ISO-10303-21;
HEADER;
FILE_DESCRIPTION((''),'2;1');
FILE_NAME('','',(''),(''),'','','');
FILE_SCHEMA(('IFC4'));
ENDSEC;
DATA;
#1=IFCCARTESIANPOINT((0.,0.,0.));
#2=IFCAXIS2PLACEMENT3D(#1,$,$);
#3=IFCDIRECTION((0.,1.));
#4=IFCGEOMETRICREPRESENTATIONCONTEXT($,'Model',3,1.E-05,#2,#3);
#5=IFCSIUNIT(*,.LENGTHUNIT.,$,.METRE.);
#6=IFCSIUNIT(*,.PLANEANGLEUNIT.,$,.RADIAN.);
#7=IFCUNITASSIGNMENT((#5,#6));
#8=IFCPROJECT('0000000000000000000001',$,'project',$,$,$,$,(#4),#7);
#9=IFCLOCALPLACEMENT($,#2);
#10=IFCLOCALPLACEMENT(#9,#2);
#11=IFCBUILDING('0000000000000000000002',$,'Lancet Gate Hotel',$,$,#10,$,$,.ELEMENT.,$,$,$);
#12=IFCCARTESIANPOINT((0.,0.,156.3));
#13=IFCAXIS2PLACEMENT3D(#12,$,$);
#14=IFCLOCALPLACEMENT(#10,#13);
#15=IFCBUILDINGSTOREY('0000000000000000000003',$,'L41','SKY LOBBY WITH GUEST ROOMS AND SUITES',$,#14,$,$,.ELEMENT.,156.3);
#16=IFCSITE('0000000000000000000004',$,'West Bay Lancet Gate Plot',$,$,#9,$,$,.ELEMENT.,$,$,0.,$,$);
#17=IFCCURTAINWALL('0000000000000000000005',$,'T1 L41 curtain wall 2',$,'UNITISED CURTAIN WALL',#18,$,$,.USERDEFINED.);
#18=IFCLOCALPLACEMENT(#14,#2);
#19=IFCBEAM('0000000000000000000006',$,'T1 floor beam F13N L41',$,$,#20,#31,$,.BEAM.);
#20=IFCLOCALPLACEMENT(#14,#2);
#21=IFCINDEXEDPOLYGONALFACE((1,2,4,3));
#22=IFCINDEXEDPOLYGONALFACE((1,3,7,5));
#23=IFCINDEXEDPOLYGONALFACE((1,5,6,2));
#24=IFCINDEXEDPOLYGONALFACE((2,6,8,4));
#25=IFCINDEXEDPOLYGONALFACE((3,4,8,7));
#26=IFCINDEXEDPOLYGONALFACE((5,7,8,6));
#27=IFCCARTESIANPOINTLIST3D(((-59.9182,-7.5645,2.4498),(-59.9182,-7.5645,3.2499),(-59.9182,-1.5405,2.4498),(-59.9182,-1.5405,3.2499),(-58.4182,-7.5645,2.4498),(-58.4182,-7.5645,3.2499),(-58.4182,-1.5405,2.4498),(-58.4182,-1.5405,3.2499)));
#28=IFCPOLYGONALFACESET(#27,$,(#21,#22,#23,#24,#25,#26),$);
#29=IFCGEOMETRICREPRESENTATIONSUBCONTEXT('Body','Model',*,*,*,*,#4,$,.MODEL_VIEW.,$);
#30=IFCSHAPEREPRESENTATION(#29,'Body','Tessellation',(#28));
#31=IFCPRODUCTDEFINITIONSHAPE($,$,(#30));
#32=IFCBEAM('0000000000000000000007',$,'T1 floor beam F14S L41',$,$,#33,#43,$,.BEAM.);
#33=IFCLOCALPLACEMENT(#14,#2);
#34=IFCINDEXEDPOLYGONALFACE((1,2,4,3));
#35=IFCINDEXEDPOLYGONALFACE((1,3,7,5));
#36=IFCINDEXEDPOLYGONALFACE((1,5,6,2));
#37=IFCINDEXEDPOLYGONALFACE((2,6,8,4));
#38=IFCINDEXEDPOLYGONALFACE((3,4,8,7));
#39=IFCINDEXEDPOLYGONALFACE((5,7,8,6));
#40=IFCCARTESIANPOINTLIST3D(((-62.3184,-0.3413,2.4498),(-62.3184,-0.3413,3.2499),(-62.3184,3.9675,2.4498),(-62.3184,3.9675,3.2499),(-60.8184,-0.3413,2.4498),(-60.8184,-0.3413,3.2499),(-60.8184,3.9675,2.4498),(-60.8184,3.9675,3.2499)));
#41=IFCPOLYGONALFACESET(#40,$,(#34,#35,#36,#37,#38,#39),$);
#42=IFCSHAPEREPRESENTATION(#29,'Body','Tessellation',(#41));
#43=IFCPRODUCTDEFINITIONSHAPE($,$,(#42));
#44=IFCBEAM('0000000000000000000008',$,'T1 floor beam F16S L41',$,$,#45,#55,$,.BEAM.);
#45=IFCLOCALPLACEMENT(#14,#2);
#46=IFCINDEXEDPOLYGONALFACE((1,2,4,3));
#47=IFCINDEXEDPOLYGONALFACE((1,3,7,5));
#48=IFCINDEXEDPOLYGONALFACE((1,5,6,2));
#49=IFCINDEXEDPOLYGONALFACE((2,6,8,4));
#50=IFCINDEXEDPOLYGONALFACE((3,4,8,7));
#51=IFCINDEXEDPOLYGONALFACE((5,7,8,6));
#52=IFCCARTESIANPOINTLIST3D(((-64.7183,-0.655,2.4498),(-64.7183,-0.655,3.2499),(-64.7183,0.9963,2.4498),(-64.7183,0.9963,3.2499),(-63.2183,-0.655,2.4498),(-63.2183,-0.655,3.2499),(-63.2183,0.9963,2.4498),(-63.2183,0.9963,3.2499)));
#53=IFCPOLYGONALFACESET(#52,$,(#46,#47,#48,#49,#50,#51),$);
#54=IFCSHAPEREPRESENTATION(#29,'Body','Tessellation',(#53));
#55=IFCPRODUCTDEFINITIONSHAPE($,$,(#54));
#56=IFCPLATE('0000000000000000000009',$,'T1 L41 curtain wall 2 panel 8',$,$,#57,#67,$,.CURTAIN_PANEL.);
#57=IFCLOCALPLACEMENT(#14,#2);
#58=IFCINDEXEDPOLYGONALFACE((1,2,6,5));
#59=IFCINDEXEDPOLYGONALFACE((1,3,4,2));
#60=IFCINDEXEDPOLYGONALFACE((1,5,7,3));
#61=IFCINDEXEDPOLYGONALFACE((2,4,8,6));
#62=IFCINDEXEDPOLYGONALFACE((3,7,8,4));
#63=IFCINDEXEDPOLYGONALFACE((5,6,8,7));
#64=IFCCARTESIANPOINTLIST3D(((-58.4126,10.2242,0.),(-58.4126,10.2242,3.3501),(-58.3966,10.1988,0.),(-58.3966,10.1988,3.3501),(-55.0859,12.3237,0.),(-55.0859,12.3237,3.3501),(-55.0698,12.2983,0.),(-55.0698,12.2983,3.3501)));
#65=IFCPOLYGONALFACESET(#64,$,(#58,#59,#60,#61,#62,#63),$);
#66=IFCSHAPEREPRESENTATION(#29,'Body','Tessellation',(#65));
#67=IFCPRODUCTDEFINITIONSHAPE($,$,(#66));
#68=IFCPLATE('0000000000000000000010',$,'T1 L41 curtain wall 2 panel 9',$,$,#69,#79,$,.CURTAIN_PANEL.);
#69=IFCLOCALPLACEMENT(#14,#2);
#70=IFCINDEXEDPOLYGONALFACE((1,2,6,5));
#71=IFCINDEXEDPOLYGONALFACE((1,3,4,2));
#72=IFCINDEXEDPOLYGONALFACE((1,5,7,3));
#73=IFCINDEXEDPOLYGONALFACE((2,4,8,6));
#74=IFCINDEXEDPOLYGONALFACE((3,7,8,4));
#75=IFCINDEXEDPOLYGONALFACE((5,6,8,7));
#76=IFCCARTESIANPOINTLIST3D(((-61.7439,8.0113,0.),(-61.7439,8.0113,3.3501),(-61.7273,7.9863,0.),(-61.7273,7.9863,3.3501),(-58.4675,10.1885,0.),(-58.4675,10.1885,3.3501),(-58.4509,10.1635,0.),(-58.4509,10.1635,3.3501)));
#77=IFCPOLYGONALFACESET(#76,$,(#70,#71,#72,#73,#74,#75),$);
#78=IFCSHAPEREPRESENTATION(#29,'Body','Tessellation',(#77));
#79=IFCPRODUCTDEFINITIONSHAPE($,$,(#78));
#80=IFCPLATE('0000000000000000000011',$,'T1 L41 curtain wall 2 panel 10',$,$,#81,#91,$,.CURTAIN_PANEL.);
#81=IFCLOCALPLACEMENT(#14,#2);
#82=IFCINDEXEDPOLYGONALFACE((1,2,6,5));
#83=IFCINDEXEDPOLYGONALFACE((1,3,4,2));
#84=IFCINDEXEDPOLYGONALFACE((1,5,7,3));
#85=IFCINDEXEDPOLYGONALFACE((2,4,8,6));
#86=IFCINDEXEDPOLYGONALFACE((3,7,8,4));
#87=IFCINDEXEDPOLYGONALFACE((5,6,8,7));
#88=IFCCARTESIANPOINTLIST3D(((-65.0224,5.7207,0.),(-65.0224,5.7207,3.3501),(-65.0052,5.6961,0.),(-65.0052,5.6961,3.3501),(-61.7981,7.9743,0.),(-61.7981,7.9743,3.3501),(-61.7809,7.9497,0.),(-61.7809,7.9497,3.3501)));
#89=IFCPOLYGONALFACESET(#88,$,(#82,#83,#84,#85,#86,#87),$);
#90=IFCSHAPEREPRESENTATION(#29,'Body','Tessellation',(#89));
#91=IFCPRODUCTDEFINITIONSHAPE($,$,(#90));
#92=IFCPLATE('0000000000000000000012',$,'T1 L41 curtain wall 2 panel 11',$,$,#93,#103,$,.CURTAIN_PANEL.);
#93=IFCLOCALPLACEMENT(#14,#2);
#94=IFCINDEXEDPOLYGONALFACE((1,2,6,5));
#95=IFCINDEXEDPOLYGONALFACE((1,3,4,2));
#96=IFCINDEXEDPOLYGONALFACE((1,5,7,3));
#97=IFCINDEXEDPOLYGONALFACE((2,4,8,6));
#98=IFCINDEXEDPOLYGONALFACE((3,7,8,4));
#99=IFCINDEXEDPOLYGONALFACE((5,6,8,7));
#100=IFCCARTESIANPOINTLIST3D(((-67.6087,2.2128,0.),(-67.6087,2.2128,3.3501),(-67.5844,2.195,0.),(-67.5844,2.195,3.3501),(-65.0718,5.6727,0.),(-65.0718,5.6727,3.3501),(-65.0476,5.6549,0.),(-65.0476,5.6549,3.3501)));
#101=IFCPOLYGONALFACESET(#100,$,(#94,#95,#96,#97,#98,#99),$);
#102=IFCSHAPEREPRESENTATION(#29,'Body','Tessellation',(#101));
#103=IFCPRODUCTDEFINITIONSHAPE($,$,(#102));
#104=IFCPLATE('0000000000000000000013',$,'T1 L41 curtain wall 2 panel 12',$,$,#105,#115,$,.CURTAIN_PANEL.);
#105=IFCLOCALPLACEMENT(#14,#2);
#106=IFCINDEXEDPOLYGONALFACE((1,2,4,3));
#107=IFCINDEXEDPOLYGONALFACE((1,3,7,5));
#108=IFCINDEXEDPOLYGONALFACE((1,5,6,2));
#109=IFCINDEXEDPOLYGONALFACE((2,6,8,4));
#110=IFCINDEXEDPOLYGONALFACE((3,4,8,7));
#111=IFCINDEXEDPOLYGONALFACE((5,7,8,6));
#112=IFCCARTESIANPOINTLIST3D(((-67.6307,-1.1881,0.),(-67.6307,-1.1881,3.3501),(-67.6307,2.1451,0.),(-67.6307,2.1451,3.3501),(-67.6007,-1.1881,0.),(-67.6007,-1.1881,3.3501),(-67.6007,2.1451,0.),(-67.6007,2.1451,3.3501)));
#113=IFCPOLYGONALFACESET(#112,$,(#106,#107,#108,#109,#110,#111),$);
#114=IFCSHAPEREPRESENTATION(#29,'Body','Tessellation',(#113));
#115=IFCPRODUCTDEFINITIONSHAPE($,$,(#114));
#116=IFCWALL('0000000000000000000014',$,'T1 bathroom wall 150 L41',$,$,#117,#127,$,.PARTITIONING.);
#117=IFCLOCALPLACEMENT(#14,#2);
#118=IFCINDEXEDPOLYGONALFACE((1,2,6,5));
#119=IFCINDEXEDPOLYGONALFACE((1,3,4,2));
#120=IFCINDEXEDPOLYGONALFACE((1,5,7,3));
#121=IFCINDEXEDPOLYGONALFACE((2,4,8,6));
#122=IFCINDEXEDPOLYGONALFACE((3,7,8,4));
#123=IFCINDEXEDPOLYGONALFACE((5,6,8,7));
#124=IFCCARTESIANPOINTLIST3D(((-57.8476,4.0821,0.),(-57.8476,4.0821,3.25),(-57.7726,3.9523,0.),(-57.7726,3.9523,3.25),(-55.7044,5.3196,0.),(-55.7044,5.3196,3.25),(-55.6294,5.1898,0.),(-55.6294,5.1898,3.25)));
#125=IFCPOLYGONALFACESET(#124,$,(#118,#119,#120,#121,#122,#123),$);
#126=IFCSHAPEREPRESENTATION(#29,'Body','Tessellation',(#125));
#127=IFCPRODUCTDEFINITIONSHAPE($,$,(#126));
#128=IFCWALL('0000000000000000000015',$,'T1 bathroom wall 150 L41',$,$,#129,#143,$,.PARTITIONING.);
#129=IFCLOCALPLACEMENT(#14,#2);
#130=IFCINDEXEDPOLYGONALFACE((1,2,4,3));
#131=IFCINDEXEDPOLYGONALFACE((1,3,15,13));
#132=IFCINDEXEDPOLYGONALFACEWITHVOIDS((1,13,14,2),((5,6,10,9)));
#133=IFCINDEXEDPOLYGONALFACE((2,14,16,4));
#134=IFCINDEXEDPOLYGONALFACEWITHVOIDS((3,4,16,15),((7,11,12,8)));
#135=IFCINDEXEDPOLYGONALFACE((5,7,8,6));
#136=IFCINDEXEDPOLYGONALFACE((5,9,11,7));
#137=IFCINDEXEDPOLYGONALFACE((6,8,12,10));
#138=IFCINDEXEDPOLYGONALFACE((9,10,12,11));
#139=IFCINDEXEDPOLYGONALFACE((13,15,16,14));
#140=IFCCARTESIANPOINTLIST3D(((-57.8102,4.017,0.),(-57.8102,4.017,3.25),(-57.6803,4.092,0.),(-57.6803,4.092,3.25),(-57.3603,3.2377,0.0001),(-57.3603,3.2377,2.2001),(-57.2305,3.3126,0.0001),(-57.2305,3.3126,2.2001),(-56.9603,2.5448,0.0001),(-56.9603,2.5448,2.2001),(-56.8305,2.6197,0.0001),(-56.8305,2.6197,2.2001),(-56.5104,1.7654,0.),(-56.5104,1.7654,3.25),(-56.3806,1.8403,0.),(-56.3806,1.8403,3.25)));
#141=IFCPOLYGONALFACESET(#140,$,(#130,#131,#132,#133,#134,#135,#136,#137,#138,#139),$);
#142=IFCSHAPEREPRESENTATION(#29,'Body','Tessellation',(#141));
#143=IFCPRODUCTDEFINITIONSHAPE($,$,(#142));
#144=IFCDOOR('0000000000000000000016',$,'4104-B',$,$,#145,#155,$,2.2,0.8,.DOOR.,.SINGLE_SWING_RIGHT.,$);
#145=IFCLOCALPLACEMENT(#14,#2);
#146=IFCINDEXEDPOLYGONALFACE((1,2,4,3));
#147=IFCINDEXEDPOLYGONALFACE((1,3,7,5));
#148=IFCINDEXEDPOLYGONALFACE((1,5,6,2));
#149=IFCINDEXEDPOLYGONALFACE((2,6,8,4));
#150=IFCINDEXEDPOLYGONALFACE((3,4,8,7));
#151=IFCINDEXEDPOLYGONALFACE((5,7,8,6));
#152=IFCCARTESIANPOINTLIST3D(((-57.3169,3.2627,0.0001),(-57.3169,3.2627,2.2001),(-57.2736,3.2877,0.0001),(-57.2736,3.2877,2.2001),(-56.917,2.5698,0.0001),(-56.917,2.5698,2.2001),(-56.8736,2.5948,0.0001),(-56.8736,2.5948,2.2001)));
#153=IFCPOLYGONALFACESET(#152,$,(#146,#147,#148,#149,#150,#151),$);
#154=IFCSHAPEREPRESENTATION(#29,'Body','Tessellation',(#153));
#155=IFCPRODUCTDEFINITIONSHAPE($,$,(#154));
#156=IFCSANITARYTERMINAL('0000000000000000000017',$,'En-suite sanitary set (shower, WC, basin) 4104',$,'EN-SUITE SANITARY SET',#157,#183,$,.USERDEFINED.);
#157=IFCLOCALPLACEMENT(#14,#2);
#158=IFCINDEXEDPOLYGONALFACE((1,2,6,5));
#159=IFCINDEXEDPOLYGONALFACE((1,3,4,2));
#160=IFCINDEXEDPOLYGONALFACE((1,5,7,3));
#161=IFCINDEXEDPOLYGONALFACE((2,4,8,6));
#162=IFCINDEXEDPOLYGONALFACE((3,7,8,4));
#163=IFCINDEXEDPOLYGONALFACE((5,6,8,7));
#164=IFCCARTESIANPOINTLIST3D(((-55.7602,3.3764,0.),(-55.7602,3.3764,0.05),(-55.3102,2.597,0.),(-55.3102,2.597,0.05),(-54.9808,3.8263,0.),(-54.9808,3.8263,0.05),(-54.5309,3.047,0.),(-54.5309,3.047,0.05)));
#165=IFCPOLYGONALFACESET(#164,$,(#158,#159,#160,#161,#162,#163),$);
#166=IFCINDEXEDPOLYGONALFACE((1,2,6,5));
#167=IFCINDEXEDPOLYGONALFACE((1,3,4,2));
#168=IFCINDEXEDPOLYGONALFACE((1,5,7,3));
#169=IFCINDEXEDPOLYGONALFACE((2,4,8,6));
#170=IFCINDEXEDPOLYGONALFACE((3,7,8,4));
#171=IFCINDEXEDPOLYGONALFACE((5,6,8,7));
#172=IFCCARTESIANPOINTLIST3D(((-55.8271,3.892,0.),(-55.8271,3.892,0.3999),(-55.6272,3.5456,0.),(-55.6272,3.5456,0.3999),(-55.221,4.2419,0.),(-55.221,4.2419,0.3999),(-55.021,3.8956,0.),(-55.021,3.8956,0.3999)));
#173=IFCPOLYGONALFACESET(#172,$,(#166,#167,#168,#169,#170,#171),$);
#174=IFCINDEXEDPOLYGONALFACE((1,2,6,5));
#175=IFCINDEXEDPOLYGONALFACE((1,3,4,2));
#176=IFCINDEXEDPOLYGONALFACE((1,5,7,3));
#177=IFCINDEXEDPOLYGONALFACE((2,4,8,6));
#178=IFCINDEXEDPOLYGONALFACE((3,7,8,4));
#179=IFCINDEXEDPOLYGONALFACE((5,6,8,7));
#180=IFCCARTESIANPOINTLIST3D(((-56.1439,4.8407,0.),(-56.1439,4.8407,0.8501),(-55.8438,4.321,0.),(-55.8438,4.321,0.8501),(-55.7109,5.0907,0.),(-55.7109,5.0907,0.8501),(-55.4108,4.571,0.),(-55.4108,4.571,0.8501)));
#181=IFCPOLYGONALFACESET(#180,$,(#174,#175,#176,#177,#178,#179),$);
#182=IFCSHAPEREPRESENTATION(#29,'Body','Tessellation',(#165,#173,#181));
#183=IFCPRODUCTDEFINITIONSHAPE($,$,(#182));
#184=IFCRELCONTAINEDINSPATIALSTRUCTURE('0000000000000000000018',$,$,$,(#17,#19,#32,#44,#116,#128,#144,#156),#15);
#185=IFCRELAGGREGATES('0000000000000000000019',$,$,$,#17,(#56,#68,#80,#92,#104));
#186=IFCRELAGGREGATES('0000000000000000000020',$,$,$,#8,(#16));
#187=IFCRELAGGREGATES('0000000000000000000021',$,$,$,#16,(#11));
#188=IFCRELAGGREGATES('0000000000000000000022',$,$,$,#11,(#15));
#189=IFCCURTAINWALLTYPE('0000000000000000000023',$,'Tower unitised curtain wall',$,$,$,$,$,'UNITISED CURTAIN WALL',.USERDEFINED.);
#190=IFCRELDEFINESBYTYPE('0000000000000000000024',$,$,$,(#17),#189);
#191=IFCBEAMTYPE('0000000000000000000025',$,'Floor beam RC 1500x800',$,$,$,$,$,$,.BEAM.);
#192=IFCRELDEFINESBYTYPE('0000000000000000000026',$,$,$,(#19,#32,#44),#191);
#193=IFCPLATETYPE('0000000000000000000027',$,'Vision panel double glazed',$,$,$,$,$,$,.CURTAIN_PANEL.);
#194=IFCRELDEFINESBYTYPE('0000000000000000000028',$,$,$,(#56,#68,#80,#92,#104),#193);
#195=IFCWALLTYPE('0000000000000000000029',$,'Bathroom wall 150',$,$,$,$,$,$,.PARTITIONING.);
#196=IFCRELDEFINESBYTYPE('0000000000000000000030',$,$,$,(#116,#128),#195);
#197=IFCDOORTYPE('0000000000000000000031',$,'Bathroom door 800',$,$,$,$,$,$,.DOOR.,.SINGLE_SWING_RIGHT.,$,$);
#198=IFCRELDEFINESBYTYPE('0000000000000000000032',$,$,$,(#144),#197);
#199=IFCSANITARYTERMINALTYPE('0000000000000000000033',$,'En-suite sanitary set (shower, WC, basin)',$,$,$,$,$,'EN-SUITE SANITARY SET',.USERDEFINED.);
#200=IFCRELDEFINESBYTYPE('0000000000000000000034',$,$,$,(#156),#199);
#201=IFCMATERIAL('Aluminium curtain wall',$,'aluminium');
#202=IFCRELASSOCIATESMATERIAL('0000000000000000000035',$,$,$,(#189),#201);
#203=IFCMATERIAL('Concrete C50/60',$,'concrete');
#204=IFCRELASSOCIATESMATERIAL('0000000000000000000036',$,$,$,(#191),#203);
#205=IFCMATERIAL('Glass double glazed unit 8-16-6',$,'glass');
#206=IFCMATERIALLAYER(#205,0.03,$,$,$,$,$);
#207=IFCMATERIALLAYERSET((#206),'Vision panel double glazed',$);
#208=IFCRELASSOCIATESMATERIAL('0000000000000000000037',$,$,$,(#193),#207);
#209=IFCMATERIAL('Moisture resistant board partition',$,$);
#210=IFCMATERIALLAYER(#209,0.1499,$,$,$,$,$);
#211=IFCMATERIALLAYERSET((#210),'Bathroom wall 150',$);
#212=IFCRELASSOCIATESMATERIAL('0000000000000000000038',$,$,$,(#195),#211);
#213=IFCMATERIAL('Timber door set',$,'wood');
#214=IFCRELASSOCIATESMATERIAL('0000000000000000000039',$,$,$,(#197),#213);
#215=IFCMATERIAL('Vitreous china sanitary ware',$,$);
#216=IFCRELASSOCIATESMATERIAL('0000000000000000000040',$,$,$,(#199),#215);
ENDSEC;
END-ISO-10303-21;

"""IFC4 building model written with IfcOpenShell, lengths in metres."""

from ifc_helpers import new_model, si_unit, direction, frame, frame_2d, origin, origin_2d, place, context, subcontext, project, spatial, rectangle, extrude, material, layer, layer_set, material_profile, profile_set, type_object, element, fill, aggregate, save


model = new_model("IFC4")

# Units and contexts
model_context = context("Model", 3, precision=1e-05, world=origin(), true_north=direction((0.0, 1.0)))
body_context = subcontext(model_context, "Body", "Model", "MODEL_VIEW")
ifc_project = project(units=[si_unit("LENGTHUNIT", "METRE"), si_unit("PLANEANGLEUNIT", "RADIAN")], contexts=[model_context])

# Site, building, storey
site_placement = place(None, origin())
site = spatial("IfcSite", under=ifc_project, at=site_placement, Name="West Bay Lancet Gate Plot", CompositionType="ELEMENT", RefElevation=0.0)
building_placement = place(site_placement, origin())
building = spatial("IfcBuilding", under=site, at=building_placement, Name="Lancet Gate Hotel", CompositionType="ELEMENT")
storey_placement = place(building_placement, frame((0.0, 0.0, 156.3)))
storey = spatial("IfcBuildingStorey", under=building, at=storey_placement, Name="L41", Description="SKY LOBBY WITH GUEST ROOMS AND SUITES", CompositionType="ELEMENT", Elevation=156.3)

# Curtain wall
ifc_material_1 = material(Name="Aluminium curtain wall", Category="aluminium")
curtain_wall_type = type_object("IfcCurtainWallType", Name="Tower unitised curtain wall", ElementType="UNITISED CURTAIN WALL", PredefinedType="USERDEFINED", material=ifc_material_1)
curtain_wall_placement = place(storey_placement, origin())
curtain_wall = element("IfcCurtainWall", 1, at=curtain_wall_placement, inside=storey, type_object=curtain_wall_type, Name="T1 L41 curtain wall 2", ObjectType="UNITISED CURTAIN WALL", PredefinedType="USERDEFINED")

# Beams
ifc_material_2 = material(Name="Concrete C50/60", Category="concrete")
ifc_material_profile_1 = material_profile(ifc_material_2, rectangle(XDim=1.5, YDim=0.8, at=origin_2d()), Name="RC 1500x800")
ifc_profile_set_1 = profile_set([ifc_material_profile_1], Name="Concrete C50/60")
beam_type_1 = type_object("IfcBeamType", Name="Floor beam RC 1500x800", PredefinedType="BEAM", material=ifc_profile_set_1)
beam_1_placement = place(storey_placement, frame((-59.1682, -1.5405, 2.8499), z_axis=(0.0, -1.0, 0.0), x_axis=(1.0, 0.0, 0.0)))
element("IfcBeam", 2, at=beam_1_placement, inside=storey, type_object=beam_type_1, Name="T1 floor beam F13N L41", PredefinedType="BEAM", context=body_context, shape_type="SweptSolid", body=[
    extrude(rectangle(XDim=1.5, YDim=0.8, at=origin_2d()), origin(), (0.0, 0.0, 1.0), 6.0239),
])
beam_2_placement = place(storey_placement, frame((-61.5684, 3.9675, 2.8499), z_axis=(0.0, -1.0, 0.0), x_axis=(1.0, 0.0, 0.0)))
element("IfcBeam", 3, at=beam_2_placement, inside=storey, type_object=beam_type_1, Name="T1 floor beam F14S L41", PredefinedType="BEAM", context=body_context, shape_type="SweptSolid", body=[
    extrude(rectangle(XDim=1.5, YDim=0.8, at=origin_2d()), origin(), (0.0, 0.0, 1.0), 4.3088),
])
beam_3_placement = place(storey_placement, frame((-63.9683, 0.9963, 2.8499), z_axis=(0.0, -1.0, 0.0), x_axis=(1.0, 0.0, 0.0)))
element("IfcBeam", 4, at=beam_3_placement, inside=storey, type_object=beam_type_1, Name="T1 floor beam F16S L41", PredefinedType="BEAM", context=body_context, shape_type="SweptSolid", body=[
    extrude(rectangle(XDim=1.5, YDim=0.8, at=origin_2d()), origin(), (0.0, 0.0, 1.0), 1.6514),
])

# Plates
ifc_material_3 = material(Name="Glass double glazed unit 8-16-6", Category="glass")
ifc_layer_1 = layer(ifc_material_3, 0.03)
ifc_layer_set_1 = layer_set([ifc_layer_1], Name="Vision panel double glazed")
plate_type = type_object("IfcPlateType", Name="Vision panel double glazed", PredefinedType="CURTAIN_PANEL", material=ifc_layer_set_1)
plate_1_placement = place(storey_placement, frame((-56.7412, 11.2612, 0.0), z_axis=(0.0, 0.0, 1.0), x_axis=(-0.845667, -0.533711, 0.0)))
plate_1 = element("IfcPlate", 5, at=plate_1_placement, type_object=plate_type, Name="T1 L41 curtain wall 2 panel 8", PredefinedType="CURTAIN_PANEL", context=body_context, shape_type="SweptSolid", body=[
    extrude(rectangle(XDim=3.9338, YDim=0.03, at=origin_2d()), origin(), (0.0, 0.0, 1.0), 3.3501),
])
plate_2_placement = place(storey_placement, frame((-60.0974, 9.0874, 0.0), z_axis=(0.0, 0.0, 1.0), x_axis=(-0.832879, -0.553455, 0.0)))
plate_2 = element("IfcPlate", 6, at=plate_2_placement, type_object=plate_type, Name="T1 L41 curtain wall 2 panel 9", PredefinedType="CURTAIN_PANEL", context=body_context, shape_type="SweptSolid", body=[
    extrude(rectangle(XDim=3.9338, YDim=0.03, at=origin_2d()), origin(), (0.0, 0.0, 1.0), 3.3501),
])
plate_3_placement = place(storey_placement, frame((-63.4016, 6.8352, 0.0), z_axis=(0.0, 0.0, 1.0), x_axis=(-0.819631, -0.572892, 0.0)))
plate_3 = element("IfcPlate", 7, at=plate_3_placement, type_object=plate_type, Name="T1 L41 curtain wall 2 panel 10", PredefinedType="CURTAIN_PANEL", context=body_context, shape_type="SweptSolid", body=[
    extrude(rectangle(XDim=3.9338, YDim=0.03, at=origin_2d()), origin(), (0.0, 0.0, 1.0), 3.3501),
])
plate_4_placement = place(storey_placement, frame((-66.3281, 3.9338, 0.0), z_axis=(0.0, 0.0, 1.0), x_axis=(-0.5913, -0.806452, 0.0)))
plate_4 = element("IfcPlate", 8, at=plate_4_placement, type_object=plate_type, Name="T1 L41 curtain wall 2 panel 11", PredefinedType="CURTAIN_PANEL", context=body_context, shape_type="SweptSolid", body=[
    extrude(rectangle(XDim=4.2903, YDim=0.03, at=origin_2d()), origin(), (0.0, 0.0, 1.0), 3.3501),
])
plate_5_placement = place(storey_placement, frame((-67.6157, 0.4785, 0.0), z_axis=(0.0, 0.0, 1.0), x_axis=(0.0, -1.0, 0.0)))
plate_5 = element("IfcPlate", 9, at=plate_5_placement, type_object=plate_type, Name="T1 L41 curtain wall 2 panel 12", PredefinedType="CURTAIN_PANEL", context=body_context, shape_type="SweptSolid", body=[
    extrude(rectangle(XDim=3.3333, YDim=0.03, at=origin_2d()), origin(), (0.0, 0.0, 1.0), 3.3501),
])
aggregate(curtain_wall, [plate_1, plate_2, plate_3, plate_4, plate_5])

# Wall
ifc_material_4 = material(Name="Moisture resistant board partition")
ifc_layer_2 = layer(ifc_material_4, 0.1499)
ifc_layer_set_2 = layer_set([ifc_layer_2], Name="Bathroom wall 150")
wall_type = type_object("IfcWallType", Name="Bathroom wall 150", PredefinedType="PARTITIONING", material=ifc_layer_set_2)
wall_1_placement = place(storey_placement, frame((-55.667, 5.2546, 0.0), z_axis=(0.0, 0.0, 1.0), x_axis=(-0.866007, -0.500033, 0.0)))
element("IfcWall", 10, at=wall_1_placement, inside=storey, type_object=wall_type, Name="T1 bathroom wall 150 L41", PredefinedType="PARTITIONING", context=body_context, shape_type="SweptSolid", body=[
    extrude(rectangle(XDim=2.4749, YDim=0.1499, at=frame_2d((1.2373, 0.0))), origin(), (0.0, 0.0, 1.0), 3.25),
])

# Wall, opening, door
wall_2_placement = place(storey_placement, frame((-56.4456, 1.803, 0.0), z_axis=(0.0, 0.0, 1.0), x_axis=(-0.499937, 0.866062, 0.0)))
wall_2 = element("IfcWall", 11, at=wall_2_placement, inside=storey, type_object=wall_type, Name="T1 bathroom wall 150 L41", PredefinedType="PARTITIONING", context=body_context, shape_type="SweptSolid", body=[
    extrude(rectangle(XDim=2.5999, YDim=0.1499, at=frame_2d((1.2998, 0.0))), origin(), (0.0, 0.0, 1.0), 3.25),
])
opening_placement = place(wall_2_placement, frame((0.8999, 0.0, 0.0)))
opening = element("IfcOpeningElement", 12, at=opening_placement, cuts=wall_2, PredefinedType="OPENING", context=body_context, shape_type="SweptSolid", body=[
    extrude(rectangle(XDim=0.8, YDim=2.2, at=frame_2d((0.3999, 1.1001))), frame((0.0, 0.085, 0.0), z_axis=(0.0, -1.0, 0.0), x_axis=(1.0, 0.0, 0.0)), (0.0, 0.0, 1.0), 0.1699),
])
ifc_material_5 = material(Name="Timber door set", Category="wood")
door_type = type_object("IfcDoorType", Name="Bathroom door 800", OperationType="SINGLE_SWING_RIGHT", PredefinedType="DOOR", material=ifc_material_5)
door_placement = place(opening_placement, origin())
door = element("IfcDoor", 13, at=door_placement, inside=storey, type_object=door_type, Name="4104-B", OperationType="SINGLE_SWING_RIGHT", OverallHeight=2.2, OverallWidth=0.8, PredefinedType="DOOR", context=body_context, shape_type="SweptSolid", body=[
    extrude(rectangle(XDim=0.8, YDim=2.2, at=frame_2d((0.3999, 1.1001))), frame((0.0, 0.0249, 0.0), z_axis=(0.0, -1.0, 0.0), x_axis=(1.0, 0.0, 0.0)), (0.0, 0.0, 1.0), 0.05),
])
fill(opening, door)

# Sanitary terminal
ifc_material_6 = material(Name="Vitreous china sanitary ware")
sanitary_terminal_type = type_object("IfcSanitaryTerminalType", Name="En-suite sanitary set (shower, WC, basin)", ElementType="EN-SUITE SANITARY SET", PredefinedType="USERDEFINED", material=ifc_material_6)
sanitary_terminal_placement = place(storey_placement, frame((-55.1455, 3.2117, 0.0), z_axis=(0.0, 0.0, 1.0), x_axis=(1.0, 0.0, 0.0)))
element("IfcSanitaryTerminal", 14, at=sanitary_terminal_placement, inside=storey, type_object=sanitary_terminal_type, Name="En-suite sanitary set (shower, WC, basin) 4104", ObjectType="EN-SUITE SANITARY SET", PredefinedType="USERDEFINED", context=body_context, shape_type="SweptSolid", body=[
    extrude(rectangle(XDim=0.8999, YDim=0.8999, at=origin_2d()), frame((0.0, 0.0, 0.0), z_axis=(0.0, 0.0, 1.0), x_axis=(0.5, -0.866025, 0.0)), (0.0, 0.0, 1.0), 0.05),
    extrude(rectangle(XDim=0.3999, YDim=0.7, at=origin_2d()), frame((-0.2786, 0.6821, 0.0), z_axis=(0.0, 0.0, 1.0), x_axis=(0.5, -0.866025, 0.0)), (0.0, 0.0, 1.0), 0.3999),
    extrude(rectangle(XDim=0.6001, YDim=0.5, at=origin_2d()), frame((-0.6318, 1.4941, 0.0), z_axis=(0.0, 0.0, 1.0), x_axis=(0.5, -0.866025, 0.0)), (0.0, 0.0, 1.0), 0.8501),
])

save(model, "model.ifc")
